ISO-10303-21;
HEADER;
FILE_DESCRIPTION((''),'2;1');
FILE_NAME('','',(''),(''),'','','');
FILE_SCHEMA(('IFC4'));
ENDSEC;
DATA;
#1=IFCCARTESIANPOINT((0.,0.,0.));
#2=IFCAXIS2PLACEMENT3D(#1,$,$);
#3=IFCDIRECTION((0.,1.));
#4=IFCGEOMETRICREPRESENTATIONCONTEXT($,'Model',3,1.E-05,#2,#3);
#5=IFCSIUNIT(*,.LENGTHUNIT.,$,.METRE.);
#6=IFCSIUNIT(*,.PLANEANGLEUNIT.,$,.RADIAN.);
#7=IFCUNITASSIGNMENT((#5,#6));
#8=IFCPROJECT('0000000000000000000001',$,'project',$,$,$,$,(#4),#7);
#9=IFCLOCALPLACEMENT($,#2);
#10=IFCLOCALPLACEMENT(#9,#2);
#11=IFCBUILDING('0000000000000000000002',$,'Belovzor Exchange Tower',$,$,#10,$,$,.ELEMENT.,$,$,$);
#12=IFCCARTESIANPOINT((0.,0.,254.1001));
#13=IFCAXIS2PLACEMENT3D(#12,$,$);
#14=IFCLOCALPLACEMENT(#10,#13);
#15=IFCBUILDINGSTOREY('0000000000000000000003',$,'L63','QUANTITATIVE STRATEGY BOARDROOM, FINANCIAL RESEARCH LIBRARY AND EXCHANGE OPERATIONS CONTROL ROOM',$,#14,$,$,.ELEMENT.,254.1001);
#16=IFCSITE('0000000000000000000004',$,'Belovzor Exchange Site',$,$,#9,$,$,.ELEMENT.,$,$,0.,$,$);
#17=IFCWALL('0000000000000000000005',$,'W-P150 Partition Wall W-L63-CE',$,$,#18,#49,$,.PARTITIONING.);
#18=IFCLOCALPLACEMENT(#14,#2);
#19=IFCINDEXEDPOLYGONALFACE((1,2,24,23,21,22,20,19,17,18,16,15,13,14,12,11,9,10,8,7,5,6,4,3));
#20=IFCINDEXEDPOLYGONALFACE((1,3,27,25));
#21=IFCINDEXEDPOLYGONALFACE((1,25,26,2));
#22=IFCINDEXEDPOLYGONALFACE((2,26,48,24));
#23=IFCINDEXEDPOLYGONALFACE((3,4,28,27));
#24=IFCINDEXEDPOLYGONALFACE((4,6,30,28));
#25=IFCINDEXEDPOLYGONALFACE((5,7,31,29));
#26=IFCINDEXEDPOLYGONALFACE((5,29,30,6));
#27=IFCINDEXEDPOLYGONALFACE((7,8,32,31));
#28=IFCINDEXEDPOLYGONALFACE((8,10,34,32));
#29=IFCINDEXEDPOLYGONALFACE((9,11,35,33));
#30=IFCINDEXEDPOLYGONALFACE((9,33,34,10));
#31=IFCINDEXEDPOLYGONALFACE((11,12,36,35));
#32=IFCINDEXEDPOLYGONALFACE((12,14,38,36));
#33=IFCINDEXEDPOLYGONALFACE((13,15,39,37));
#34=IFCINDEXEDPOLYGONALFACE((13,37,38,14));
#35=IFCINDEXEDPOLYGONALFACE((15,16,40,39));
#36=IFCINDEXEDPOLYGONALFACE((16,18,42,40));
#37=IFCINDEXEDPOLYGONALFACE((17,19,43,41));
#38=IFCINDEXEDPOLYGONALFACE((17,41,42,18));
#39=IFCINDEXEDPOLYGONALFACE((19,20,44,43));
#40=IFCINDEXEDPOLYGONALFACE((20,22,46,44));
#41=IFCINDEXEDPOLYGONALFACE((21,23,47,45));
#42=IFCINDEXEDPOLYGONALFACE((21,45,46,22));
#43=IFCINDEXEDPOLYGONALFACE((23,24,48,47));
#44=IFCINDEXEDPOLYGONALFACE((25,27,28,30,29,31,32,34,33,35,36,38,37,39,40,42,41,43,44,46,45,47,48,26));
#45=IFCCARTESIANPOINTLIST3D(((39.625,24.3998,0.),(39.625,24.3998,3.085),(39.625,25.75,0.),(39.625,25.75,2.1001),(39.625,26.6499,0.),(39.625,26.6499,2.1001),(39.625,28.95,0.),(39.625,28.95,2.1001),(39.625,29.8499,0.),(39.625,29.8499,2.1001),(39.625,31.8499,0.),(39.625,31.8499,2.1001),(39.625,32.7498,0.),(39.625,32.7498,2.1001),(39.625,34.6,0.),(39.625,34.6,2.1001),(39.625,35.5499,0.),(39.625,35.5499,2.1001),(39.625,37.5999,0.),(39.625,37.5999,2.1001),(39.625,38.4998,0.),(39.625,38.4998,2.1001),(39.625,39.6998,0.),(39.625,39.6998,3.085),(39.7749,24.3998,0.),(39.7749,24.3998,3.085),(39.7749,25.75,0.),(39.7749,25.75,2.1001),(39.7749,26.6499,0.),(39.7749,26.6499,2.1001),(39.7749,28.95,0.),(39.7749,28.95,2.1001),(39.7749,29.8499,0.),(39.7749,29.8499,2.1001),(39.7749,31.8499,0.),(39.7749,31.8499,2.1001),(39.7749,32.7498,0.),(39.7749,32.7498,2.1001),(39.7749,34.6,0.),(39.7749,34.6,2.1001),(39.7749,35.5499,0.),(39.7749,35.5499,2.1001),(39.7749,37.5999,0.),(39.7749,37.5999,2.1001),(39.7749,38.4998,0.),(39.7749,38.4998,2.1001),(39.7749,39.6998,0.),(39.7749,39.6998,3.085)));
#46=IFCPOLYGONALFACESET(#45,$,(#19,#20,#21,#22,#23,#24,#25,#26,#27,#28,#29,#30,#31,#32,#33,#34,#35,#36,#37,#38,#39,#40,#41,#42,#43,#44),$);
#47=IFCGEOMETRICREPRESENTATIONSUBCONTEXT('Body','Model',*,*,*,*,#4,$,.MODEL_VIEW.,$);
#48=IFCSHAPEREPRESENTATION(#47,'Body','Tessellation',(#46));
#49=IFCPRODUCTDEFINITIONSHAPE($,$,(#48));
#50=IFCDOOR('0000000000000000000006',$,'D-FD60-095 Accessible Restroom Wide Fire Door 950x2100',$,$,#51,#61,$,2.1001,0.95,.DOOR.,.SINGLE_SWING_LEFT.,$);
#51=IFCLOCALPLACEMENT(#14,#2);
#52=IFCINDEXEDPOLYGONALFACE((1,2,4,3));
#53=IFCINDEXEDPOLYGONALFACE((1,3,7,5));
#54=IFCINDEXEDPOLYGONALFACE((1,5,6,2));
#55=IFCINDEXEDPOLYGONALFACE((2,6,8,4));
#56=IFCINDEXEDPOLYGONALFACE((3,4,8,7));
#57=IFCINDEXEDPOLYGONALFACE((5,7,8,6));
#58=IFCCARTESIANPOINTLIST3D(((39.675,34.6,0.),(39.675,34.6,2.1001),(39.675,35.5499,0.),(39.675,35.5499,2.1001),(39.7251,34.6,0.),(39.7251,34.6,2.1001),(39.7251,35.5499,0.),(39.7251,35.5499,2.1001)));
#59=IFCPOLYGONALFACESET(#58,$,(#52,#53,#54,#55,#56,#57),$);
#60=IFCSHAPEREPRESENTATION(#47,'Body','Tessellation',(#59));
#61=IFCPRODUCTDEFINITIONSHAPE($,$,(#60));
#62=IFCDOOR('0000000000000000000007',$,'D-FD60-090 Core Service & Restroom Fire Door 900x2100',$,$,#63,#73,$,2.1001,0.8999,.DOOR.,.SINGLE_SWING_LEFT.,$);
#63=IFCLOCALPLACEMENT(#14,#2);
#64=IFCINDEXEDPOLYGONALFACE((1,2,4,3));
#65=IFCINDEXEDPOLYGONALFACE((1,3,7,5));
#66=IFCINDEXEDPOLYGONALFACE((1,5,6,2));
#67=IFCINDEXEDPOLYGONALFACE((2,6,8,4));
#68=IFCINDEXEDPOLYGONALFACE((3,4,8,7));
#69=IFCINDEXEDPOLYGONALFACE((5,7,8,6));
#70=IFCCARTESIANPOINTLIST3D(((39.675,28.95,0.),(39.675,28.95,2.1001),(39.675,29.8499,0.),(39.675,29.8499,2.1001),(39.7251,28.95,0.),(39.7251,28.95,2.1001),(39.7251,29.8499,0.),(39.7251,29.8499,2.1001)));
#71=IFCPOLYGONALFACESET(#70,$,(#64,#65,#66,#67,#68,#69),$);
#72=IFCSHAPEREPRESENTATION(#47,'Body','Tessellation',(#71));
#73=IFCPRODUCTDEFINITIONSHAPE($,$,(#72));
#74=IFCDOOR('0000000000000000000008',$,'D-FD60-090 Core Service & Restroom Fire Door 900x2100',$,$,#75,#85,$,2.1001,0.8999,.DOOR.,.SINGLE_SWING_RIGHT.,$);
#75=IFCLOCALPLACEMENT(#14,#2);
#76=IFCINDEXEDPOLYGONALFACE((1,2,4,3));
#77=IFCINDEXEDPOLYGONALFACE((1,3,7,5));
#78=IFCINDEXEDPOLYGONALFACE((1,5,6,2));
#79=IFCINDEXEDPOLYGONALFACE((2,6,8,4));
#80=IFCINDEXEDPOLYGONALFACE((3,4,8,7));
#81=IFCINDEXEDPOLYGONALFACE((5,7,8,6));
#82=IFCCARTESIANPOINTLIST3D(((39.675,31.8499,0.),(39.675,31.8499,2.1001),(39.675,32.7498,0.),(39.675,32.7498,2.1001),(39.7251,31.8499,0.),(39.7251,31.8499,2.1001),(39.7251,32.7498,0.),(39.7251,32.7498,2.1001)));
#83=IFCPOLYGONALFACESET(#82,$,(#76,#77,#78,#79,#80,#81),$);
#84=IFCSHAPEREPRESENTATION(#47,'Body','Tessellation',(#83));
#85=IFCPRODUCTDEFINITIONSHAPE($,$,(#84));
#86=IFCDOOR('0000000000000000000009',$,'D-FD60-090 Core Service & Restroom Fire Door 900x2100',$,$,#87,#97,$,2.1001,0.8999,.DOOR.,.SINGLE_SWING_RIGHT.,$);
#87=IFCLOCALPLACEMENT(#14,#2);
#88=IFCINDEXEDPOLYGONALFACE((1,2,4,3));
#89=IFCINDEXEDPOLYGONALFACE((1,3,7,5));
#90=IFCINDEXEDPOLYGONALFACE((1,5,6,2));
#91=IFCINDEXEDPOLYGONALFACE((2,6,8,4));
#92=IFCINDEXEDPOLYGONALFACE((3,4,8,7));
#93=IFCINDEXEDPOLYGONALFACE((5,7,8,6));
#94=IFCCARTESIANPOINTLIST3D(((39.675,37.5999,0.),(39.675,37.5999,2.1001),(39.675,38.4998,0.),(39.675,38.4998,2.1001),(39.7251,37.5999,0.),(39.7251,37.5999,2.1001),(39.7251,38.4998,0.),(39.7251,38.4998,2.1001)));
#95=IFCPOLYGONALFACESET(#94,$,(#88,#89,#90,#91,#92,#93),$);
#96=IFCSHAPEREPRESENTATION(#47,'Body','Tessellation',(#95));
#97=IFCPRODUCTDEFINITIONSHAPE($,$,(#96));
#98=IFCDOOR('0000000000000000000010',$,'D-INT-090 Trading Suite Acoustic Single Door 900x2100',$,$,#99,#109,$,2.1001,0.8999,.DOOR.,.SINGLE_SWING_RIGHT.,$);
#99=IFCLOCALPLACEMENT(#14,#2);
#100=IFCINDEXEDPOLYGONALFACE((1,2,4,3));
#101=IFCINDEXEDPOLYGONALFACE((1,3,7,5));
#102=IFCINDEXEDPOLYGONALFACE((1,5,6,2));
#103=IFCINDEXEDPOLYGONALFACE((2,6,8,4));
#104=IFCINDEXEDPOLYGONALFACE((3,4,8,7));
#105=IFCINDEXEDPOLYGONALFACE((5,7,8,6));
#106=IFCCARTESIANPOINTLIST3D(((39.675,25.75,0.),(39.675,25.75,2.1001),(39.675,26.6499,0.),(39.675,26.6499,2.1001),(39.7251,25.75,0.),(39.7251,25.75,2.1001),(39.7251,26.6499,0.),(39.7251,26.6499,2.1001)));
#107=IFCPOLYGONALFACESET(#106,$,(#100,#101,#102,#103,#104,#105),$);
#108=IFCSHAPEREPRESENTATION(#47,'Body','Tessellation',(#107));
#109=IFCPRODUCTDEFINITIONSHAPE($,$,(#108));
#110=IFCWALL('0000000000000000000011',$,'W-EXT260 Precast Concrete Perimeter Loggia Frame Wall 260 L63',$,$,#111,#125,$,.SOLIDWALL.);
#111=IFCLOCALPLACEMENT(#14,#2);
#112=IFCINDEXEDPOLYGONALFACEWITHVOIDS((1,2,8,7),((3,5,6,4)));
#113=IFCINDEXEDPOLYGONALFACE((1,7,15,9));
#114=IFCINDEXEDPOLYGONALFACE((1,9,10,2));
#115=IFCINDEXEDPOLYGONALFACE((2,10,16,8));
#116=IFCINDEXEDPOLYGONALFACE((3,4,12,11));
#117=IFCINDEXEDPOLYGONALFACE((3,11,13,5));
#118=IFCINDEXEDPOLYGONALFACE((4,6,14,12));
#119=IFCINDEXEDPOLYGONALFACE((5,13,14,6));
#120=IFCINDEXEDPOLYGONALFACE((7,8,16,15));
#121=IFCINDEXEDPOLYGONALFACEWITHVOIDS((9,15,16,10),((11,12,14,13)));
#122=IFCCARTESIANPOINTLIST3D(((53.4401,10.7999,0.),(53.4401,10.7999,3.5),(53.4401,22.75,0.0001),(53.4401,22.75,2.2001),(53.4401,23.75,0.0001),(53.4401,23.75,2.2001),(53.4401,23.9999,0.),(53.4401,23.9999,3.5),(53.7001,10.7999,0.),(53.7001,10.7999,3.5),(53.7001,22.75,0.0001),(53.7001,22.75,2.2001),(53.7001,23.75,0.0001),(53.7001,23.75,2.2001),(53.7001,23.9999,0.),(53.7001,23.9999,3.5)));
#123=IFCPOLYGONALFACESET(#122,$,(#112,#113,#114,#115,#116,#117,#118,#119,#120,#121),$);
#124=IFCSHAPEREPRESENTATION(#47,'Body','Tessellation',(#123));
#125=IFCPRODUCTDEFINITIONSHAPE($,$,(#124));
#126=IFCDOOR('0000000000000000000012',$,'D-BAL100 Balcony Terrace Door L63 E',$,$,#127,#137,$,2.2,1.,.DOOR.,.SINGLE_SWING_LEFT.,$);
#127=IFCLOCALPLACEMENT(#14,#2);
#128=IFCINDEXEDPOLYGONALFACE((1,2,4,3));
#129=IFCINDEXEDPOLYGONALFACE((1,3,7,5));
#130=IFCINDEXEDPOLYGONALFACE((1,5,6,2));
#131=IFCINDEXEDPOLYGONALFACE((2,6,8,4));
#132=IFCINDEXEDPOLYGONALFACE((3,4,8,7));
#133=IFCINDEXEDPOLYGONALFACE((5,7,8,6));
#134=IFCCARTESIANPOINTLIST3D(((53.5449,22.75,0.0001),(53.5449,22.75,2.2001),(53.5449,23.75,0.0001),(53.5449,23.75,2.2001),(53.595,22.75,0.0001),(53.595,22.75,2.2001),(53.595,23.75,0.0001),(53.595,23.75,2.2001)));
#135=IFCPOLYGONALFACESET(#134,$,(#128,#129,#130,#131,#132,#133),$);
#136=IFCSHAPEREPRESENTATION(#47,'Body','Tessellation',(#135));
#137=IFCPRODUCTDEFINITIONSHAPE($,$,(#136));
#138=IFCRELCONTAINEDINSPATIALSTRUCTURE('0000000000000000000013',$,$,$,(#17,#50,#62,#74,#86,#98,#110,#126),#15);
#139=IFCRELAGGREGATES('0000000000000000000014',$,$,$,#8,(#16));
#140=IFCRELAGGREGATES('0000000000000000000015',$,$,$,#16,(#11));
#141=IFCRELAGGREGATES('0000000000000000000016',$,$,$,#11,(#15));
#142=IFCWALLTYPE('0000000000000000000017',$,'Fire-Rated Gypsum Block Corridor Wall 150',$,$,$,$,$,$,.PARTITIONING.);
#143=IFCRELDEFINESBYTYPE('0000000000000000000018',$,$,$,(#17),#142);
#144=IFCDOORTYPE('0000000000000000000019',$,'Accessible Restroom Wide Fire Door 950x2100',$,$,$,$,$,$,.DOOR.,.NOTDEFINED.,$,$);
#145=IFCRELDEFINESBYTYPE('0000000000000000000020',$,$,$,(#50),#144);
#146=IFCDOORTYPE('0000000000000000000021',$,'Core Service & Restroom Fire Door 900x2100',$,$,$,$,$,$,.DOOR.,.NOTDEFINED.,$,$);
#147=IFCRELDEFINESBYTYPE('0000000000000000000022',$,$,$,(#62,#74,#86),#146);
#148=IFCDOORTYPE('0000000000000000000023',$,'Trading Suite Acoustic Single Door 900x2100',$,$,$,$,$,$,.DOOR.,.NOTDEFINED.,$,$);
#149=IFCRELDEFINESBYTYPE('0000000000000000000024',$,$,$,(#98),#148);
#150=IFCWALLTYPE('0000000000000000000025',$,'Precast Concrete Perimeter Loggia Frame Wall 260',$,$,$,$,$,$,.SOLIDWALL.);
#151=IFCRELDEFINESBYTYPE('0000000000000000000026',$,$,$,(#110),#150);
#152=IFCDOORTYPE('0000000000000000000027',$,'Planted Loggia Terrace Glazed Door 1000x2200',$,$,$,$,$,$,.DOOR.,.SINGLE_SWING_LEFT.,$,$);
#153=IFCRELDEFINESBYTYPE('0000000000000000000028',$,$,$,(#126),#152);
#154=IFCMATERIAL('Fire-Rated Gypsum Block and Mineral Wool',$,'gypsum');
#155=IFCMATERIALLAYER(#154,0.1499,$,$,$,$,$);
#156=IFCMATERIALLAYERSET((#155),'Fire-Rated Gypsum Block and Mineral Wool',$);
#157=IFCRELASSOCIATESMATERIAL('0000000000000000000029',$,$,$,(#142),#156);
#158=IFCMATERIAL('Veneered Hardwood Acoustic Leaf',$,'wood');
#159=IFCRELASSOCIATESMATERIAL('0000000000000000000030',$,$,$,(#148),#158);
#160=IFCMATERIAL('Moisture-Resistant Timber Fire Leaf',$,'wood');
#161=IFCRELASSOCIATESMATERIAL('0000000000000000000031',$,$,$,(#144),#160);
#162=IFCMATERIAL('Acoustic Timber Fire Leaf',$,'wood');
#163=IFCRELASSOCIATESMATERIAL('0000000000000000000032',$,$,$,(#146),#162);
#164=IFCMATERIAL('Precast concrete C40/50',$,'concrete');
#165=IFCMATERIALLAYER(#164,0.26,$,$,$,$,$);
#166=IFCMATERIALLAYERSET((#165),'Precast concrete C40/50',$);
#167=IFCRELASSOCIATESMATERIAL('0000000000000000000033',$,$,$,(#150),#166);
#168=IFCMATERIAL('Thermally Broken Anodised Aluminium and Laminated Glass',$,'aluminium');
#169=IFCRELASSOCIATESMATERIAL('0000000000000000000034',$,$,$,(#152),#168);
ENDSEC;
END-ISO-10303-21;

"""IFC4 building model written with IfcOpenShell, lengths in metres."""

from ifc_helpers import new_model, si_unit, direction, frame, frame_2d, origin, place, context, subcontext, project, spatial, rectangle, extrude, material, layer, layer_set, type_object, element, fill, save


model = new_model("IFC4")

# Units and contexts
model_context = context("Model", 3, precision=1e-05, world=origin(), true_north=direction((0.0, 1.0)))
body_context = subcontext(model_context, "Body", "Model", "MODEL_VIEW")
ifc_project = project(units=[si_unit("LENGTHUNIT", "METRE"), si_unit("PLANEANGLEUNIT", "RADIAN")], contexts=[model_context])

# Site, building, storey
site_placement = place(None, origin())
site = spatial("IfcSite", under=ifc_project, at=site_placement, Name="Belovzor Exchange Site", CompositionType="ELEMENT", RefElevation=0.0)
building_placement = place(site_placement, origin())
building = spatial("IfcBuilding", under=site, at=building_placement, Name="Belovzor Exchange Tower", CompositionType="ELEMENT")
storey_placement = place(building_placement, frame((0.0, 0.0, 254.1001)))
storey = spatial("IfcBuildingStorey", under=building, at=storey_placement, Name="L63", Description="QUANTITATIVE STRATEGY BOARDROOM, FINANCIAL RESEARCH LIBRARY AND EXCHANGE OPERATIONS CONTROL ROOM", CompositionType="ELEMENT", Elevation=254.1001)

# Shared definitions
ifc_material_1 = material(Name="Fire-Rated Gypsum Block and Mineral Wool", Category="gypsum")
ifc_layer_1 = layer(ifc_material_1, 0.1499)
ifc_layer_set_1 = layer_set([ifc_layer_1], Name="Fire-Rated Gypsum Block and Mineral Wool")
wall_type_1 = type_object("IfcWallType", Name="Fire-Rated Gypsum Block Corridor Wall 150", PredefinedType="PARTITIONING", material=ifc_layer_set_1)
ifc_material_2 = material(Name="Veneered Hardwood Acoustic Leaf", Category="wood")
door_type_1 = type_object("IfcDoorType", Name="Trading Suite Acoustic Single Door 900x2100", OperationType="NOTDEFINED", PredefinedType="DOOR", material=ifc_material_2)

# Wall, openings, doors
wall_1_placement = place(storey_placement, frame((39.7, 24.3999, 0.0), z_axis=(0.0, 0.0, 1.0), x_axis=(0.0, 1.0, 0.0)))
wall_1 = element("IfcWall", 1, at=wall_1_placement, inside=storey, type_object=wall_type_1, Name="W-P150 Partition Wall W-L63-CE", PredefinedType="PARTITIONING", context=body_context, shape_type="SweptSolid", body=[
    extrude(rectangle(XDim=15.3, YDim=0.1499, at=frame_2d((7.6499, 0.0))), origin(), (0.0, 0.0, 1.0), 3.085),
])
opening_1_placement = place(wall_1_placement, frame((1.3501, 0.0, 0.0)))
opening_1 = element("IfcOpeningElement", 2, at=opening_1_placement, cuts=wall_1, PredefinedType="OPENING", context=body_context, shape_type="SweptSolid", body=[
    extrude(rectangle(XDim=0.8999, YDim=2.1001, at=frame_2d((0.45, 1.05))), frame((0.0, 0.085, 0.0), z_axis=(0.0, -1.0, 0.0), x_axis=(1.0, 0.0, 0.0)), (0.0, 0.0, 1.0), 0.1699),
])
opening_2_placement = place(wall_1_placement, frame((4.55, 0.0, 0.0)))
opening_2 = element("IfcOpeningElement", 3, at=opening_2_placement, cuts=wall_1, PredefinedType="OPENING", context=body_context, shape_type="SweptSolid", body=[
    extrude(rectangle(XDim=0.8999, YDim=2.1001, at=frame_2d((0.45, 1.05))), frame((0.0, 0.085, 0.0), z_axis=(0.0, -1.0, 0.0), x_axis=(1.0, 0.0, 0.0)), (0.0, 0.0, 1.0), 0.1699),
])
opening_3_placement = place(wall_1_placement, frame((7.45, 0.0, 0.0)))
opening_3 = element("IfcOpeningElement", 4, at=opening_3_placement, cuts=wall_1, PredefinedType="OPENING", context=body_context, shape_type="SweptSolid", body=[
    extrude(rectangle(XDim=0.8999, YDim=2.1001, at=frame_2d((0.45, 1.05))), frame((0.0, 0.085, 0.0), z_axis=(0.0, -1.0, 0.0), x_axis=(1.0, 0.0, 0.0)), (0.0, 0.0, 1.0), 0.1699),
])
opening_4_placement = place(wall_1_placement, frame((10.2, 0.0, 0.0)))
opening_4 = element("IfcOpeningElement", 5, at=opening_4_placement, cuts=wall_1, PredefinedType="OPENING", context=body_context, shape_type="SweptSolid", body=[
    extrude(rectangle(XDim=0.95, YDim=2.1001, at=frame_2d((0.4751, 1.05))), frame((0.0, 0.085, 0.0), z_axis=(0.0, -1.0, 0.0), x_axis=(1.0, 0.0, 0.0)), (0.0, 0.0, 1.0), 0.1699),
])
opening_5_placement = place(wall_1_placement, frame((13.2, 0.0, 0.0)))
opening_5 = element("IfcOpeningElement", 6, at=opening_5_placement, cuts=wall_1, PredefinedType="OPENING", context=body_context, shape_type="SweptSolid", body=[
    extrude(rectangle(XDim=0.8999, YDim=2.1001, at=frame_2d((0.45, 1.05))), frame((0.0, 0.085, 0.0), z_axis=(0.0, -1.0, 0.0), x_axis=(1.0, 0.0, 0.0)), (0.0, 0.0, 1.0), 0.1699),
])
ifc_material_3 = material(Name="Moisture-Resistant Timber Fire Leaf", Category="wood")
door_type_2 = type_object("IfcDoorType", Name="Accessible Restroom Wide Fire Door 950x2100", OperationType="NOTDEFINED", PredefinedType="DOOR", material=ifc_material_3)
door_1_placement = place(opening_4_placement, origin())
door_1 = element("IfcDoor", 7, at=door_1_placement, inside=storey, type_object=door_type_2, Name="D-FD60-095 Accessible Restroom Wide Fire Door 950x2100", OperationType="SINGLE_SWING_LEFT", OverallHeight=2.1001, OverallWidth=0.95, PredefinedType="DOOR", context=body_context, shape_type="SweptSolid", body=[
    extrude(rectangle(XDim=0.95, YDim=2.1001, at=frame_2d((0.4751, 1.05))), frame((0.0, 0.0249, 0.0), z_axis=(0.0, -1.0, 0.0), x_axis=(1.0, 0.0, 0.0)), (0.0, 0.0, 1.0), 0.05),
])
fill(opening_4, door_1)
ifc_material_4 = material(Name="Acoustic Timber Fire Leaf", Category="wood")
door_type_3 = type_object("IfcDoorType", Name="Core Service & Restroom Fire Door 900x2100", OperationType="NOTDEFINED", PredefinedType="DOOR", material=ifc_material_4)
door_2_placement = place(opening_2_placement, origin())
door_2 = element("IfcDoor", 8, at=door_2_placement, inside=storey, type_object=door_type_3, Name="D-FD60-090 Core Service & Restroom Fire Door 900x2100", OperationType="SINGLE_SWING_LEFT", OverallHeight=2.1001, OverallWidth=0.8999, PredefinedType="DOOR", context=body_context, shape_type="SweptSolid", body=[
    extrude(rectangle(XDim=0.8999, YDim=2.1001, at=frame_2d((0.45, 1.05))), frame((0.0, 0.0249, 0.0), z_axis=(0.0, -1.0, 0.0), x_axis=(1.0, 0.0, 0.0)), (0.0, 0.0, 1.0), 0.05),
])
fill(opening_2, door_2)
door_3_placement = place(opening_3_placement, origin())
door_3 = element("IfcDoor", 9, at=door_3_placement, inside=storey, type_object=door_type_3, Name="D-FD60-090 Core Service & Restroom Fire Door 900x2100", OperationType="SINGLE_SWING_RIGHT", OverallHeight=2.1001, OverallWidth=0.8999, PredefinedType="DOOR", context=body_context, shape_type="SweptSolid", body=[
    extrude(rectangle(XDim=0.8999, YDim=2.1001, at=frame_2d((0.45, 1.05))), frame((0.0, 0.0249, 0.0), z_axis=(0.0, -1.0, 0.0), x_axis=(1.0, 0.0, 0.0)), (0.0, 0.0, 1.0), 0.05),
])
fill(opening_3, door_3)
door_4_placement = place(opening_5_placement, origin())
door_4 = element("IfcDoor", 10, at=door_4_placement, inside=storey, type_object=door_type_3, Name="D-FD60-090 Core Service & Restroom Fire Door 900x2100", OperationType="SINGLE_SWING_RIGHT", OverallHeight=2.1001, OverallWidth=0.8999, PredefinedType="DOOR", context=body_context, shape_type="SweptSolid", body=[
    extrude(rectangle(XDim=0.8999, YDim=2.1001, at=frame_2d((0.45, 1.05))), frame((0.0, 0.0249, 0.0), z_axis=(0.0, -1.0, 0.0), x_axis=(1.0, 0.0, 0.0)), (0.0, 0.0, 1.0), 0.05),
])
fill(opening_5, door_4)
door_5_placement = place(opening_1_placement, origin())
door_5 = element("IfcDoor", 11, at=door_5_placement, inside=storey, type_object=door_type_1, Name="D-INT-090 Trading Suite Acoustic Single Door 900x2100", OperationType="SINGLE_SWING_RIGHT", OverallHeight=2.1001, OverallWidth=0.8999, PredefinedType="DOOR", context=body_context, shape_type="SweptSolid", body=[
    extrude(rectangle(XDim=0.8999, YDim=2.1001, at=frame_2d((0.45, 1.05))), frame((0.0, 0.0249, 0.0), z_axis=(0.0, -1.0, 0.0), x_axis=(1.0, 0.0, 0.0)), (0.0, 0.0, 1.0), 0.05),
])
fill(opening_1, door_5)

# Wall, opening, door
ifc_material_5 = material(Name="Precast concrete C40/50", Category="concrete")
ifc_layer_2 = layer(ifc_material_5, 0.26)
ifc_layer_set_2 = layer_set([ifc_layer_2], Name="Precast concrete C40/50")
wall_type_2 = type_object("IfcWallType", Name="Precast Concrete Perimeter Loggia Frame Wall 260", PredefinedType="SOLIDWALL", material=ifc_layer_set_2)
wall_2_placement = place(storey_placement, frame((53.5701, 24.0, 0.0), z_axis=(0.0, 0.0, 1.0), x_axis=(0.0, -1.0, 0.0)))
wall_2 = element("IfcWall", 12, at=wall_2_placement, inside=storey, type_object=wall_type_2, Name="W-EXT260 Precast Concrete Perimeter Loggia Frame Wall 260 L63", PredefinedType="SOLIDWALL", context=body_context, shape_type="SweptSolid", body=[
    extrude(rectangle(XDim=13.2, YDim=0.26, at=frame_2d((6.6001, 0.0))), origin(), (0.0, 0.0, 1.0), 3.5),
])
opening_6_placement = place(wall_2_placement, frame((0.25, 0.0, 0.0)))
opening_6 = element("IfcOpeningElement", 13, at=opening_6_placement, cuts=wall_2, PredefinedType="OPENING", context=body_context, shape_type="SweptSolid", body=[
    extrude(rectangle(XDim=1.0, YDim=2.2, at=frame_2d((0.5, 1.1001))), frame((0.0, 0.1399, 0.0), z_axis=(0.0, -1.0, 0.0), x_axis=(1.0, 0.0, 0.0)), (0.0, 0.0, 1.0), 0.28),
])
ifc_material_6 = material(Name="Thermally Broken Anodised Aluminium and Laminated Glass", Category="aluminium")
door_type_4 = type_object("IfcDoorType", Name="Planted Loggia Terrace Glazed Door 1000x2200", OperationType="SINGLE_SWING_LEFT", PredefinedType="DOOR", material=ifc_material_6)
door_6_placement = place(opening_6_placement, origin())
door_6 = element("IfcDoor", 14, at=door_6_placement, inside=storey, type_object=door_type_4, Name="D-BAL100 Balcony Terrace Door L63 E", OperationType="SINGLE_SWING_LEFT", OverallHeight=2.2, OverallWidth=1.0, PredefinedType="DOOR", context=body_context, shape_type="SweptSolid", body=[
    extrude(rectangle(XDim=1.0, YDim=2.2, at=frame_2d((0.5, 1.1001))), frame((0.0, 0.0249, 0.0), z_axis=(0.0, -1.0, 0.0), x_axis=(1.0, 0.0, 0.0)), (0.0, 0.0, 1.0), 0.05),
])
fill(opening_6, door_6)

save(model, "model.ifc")
